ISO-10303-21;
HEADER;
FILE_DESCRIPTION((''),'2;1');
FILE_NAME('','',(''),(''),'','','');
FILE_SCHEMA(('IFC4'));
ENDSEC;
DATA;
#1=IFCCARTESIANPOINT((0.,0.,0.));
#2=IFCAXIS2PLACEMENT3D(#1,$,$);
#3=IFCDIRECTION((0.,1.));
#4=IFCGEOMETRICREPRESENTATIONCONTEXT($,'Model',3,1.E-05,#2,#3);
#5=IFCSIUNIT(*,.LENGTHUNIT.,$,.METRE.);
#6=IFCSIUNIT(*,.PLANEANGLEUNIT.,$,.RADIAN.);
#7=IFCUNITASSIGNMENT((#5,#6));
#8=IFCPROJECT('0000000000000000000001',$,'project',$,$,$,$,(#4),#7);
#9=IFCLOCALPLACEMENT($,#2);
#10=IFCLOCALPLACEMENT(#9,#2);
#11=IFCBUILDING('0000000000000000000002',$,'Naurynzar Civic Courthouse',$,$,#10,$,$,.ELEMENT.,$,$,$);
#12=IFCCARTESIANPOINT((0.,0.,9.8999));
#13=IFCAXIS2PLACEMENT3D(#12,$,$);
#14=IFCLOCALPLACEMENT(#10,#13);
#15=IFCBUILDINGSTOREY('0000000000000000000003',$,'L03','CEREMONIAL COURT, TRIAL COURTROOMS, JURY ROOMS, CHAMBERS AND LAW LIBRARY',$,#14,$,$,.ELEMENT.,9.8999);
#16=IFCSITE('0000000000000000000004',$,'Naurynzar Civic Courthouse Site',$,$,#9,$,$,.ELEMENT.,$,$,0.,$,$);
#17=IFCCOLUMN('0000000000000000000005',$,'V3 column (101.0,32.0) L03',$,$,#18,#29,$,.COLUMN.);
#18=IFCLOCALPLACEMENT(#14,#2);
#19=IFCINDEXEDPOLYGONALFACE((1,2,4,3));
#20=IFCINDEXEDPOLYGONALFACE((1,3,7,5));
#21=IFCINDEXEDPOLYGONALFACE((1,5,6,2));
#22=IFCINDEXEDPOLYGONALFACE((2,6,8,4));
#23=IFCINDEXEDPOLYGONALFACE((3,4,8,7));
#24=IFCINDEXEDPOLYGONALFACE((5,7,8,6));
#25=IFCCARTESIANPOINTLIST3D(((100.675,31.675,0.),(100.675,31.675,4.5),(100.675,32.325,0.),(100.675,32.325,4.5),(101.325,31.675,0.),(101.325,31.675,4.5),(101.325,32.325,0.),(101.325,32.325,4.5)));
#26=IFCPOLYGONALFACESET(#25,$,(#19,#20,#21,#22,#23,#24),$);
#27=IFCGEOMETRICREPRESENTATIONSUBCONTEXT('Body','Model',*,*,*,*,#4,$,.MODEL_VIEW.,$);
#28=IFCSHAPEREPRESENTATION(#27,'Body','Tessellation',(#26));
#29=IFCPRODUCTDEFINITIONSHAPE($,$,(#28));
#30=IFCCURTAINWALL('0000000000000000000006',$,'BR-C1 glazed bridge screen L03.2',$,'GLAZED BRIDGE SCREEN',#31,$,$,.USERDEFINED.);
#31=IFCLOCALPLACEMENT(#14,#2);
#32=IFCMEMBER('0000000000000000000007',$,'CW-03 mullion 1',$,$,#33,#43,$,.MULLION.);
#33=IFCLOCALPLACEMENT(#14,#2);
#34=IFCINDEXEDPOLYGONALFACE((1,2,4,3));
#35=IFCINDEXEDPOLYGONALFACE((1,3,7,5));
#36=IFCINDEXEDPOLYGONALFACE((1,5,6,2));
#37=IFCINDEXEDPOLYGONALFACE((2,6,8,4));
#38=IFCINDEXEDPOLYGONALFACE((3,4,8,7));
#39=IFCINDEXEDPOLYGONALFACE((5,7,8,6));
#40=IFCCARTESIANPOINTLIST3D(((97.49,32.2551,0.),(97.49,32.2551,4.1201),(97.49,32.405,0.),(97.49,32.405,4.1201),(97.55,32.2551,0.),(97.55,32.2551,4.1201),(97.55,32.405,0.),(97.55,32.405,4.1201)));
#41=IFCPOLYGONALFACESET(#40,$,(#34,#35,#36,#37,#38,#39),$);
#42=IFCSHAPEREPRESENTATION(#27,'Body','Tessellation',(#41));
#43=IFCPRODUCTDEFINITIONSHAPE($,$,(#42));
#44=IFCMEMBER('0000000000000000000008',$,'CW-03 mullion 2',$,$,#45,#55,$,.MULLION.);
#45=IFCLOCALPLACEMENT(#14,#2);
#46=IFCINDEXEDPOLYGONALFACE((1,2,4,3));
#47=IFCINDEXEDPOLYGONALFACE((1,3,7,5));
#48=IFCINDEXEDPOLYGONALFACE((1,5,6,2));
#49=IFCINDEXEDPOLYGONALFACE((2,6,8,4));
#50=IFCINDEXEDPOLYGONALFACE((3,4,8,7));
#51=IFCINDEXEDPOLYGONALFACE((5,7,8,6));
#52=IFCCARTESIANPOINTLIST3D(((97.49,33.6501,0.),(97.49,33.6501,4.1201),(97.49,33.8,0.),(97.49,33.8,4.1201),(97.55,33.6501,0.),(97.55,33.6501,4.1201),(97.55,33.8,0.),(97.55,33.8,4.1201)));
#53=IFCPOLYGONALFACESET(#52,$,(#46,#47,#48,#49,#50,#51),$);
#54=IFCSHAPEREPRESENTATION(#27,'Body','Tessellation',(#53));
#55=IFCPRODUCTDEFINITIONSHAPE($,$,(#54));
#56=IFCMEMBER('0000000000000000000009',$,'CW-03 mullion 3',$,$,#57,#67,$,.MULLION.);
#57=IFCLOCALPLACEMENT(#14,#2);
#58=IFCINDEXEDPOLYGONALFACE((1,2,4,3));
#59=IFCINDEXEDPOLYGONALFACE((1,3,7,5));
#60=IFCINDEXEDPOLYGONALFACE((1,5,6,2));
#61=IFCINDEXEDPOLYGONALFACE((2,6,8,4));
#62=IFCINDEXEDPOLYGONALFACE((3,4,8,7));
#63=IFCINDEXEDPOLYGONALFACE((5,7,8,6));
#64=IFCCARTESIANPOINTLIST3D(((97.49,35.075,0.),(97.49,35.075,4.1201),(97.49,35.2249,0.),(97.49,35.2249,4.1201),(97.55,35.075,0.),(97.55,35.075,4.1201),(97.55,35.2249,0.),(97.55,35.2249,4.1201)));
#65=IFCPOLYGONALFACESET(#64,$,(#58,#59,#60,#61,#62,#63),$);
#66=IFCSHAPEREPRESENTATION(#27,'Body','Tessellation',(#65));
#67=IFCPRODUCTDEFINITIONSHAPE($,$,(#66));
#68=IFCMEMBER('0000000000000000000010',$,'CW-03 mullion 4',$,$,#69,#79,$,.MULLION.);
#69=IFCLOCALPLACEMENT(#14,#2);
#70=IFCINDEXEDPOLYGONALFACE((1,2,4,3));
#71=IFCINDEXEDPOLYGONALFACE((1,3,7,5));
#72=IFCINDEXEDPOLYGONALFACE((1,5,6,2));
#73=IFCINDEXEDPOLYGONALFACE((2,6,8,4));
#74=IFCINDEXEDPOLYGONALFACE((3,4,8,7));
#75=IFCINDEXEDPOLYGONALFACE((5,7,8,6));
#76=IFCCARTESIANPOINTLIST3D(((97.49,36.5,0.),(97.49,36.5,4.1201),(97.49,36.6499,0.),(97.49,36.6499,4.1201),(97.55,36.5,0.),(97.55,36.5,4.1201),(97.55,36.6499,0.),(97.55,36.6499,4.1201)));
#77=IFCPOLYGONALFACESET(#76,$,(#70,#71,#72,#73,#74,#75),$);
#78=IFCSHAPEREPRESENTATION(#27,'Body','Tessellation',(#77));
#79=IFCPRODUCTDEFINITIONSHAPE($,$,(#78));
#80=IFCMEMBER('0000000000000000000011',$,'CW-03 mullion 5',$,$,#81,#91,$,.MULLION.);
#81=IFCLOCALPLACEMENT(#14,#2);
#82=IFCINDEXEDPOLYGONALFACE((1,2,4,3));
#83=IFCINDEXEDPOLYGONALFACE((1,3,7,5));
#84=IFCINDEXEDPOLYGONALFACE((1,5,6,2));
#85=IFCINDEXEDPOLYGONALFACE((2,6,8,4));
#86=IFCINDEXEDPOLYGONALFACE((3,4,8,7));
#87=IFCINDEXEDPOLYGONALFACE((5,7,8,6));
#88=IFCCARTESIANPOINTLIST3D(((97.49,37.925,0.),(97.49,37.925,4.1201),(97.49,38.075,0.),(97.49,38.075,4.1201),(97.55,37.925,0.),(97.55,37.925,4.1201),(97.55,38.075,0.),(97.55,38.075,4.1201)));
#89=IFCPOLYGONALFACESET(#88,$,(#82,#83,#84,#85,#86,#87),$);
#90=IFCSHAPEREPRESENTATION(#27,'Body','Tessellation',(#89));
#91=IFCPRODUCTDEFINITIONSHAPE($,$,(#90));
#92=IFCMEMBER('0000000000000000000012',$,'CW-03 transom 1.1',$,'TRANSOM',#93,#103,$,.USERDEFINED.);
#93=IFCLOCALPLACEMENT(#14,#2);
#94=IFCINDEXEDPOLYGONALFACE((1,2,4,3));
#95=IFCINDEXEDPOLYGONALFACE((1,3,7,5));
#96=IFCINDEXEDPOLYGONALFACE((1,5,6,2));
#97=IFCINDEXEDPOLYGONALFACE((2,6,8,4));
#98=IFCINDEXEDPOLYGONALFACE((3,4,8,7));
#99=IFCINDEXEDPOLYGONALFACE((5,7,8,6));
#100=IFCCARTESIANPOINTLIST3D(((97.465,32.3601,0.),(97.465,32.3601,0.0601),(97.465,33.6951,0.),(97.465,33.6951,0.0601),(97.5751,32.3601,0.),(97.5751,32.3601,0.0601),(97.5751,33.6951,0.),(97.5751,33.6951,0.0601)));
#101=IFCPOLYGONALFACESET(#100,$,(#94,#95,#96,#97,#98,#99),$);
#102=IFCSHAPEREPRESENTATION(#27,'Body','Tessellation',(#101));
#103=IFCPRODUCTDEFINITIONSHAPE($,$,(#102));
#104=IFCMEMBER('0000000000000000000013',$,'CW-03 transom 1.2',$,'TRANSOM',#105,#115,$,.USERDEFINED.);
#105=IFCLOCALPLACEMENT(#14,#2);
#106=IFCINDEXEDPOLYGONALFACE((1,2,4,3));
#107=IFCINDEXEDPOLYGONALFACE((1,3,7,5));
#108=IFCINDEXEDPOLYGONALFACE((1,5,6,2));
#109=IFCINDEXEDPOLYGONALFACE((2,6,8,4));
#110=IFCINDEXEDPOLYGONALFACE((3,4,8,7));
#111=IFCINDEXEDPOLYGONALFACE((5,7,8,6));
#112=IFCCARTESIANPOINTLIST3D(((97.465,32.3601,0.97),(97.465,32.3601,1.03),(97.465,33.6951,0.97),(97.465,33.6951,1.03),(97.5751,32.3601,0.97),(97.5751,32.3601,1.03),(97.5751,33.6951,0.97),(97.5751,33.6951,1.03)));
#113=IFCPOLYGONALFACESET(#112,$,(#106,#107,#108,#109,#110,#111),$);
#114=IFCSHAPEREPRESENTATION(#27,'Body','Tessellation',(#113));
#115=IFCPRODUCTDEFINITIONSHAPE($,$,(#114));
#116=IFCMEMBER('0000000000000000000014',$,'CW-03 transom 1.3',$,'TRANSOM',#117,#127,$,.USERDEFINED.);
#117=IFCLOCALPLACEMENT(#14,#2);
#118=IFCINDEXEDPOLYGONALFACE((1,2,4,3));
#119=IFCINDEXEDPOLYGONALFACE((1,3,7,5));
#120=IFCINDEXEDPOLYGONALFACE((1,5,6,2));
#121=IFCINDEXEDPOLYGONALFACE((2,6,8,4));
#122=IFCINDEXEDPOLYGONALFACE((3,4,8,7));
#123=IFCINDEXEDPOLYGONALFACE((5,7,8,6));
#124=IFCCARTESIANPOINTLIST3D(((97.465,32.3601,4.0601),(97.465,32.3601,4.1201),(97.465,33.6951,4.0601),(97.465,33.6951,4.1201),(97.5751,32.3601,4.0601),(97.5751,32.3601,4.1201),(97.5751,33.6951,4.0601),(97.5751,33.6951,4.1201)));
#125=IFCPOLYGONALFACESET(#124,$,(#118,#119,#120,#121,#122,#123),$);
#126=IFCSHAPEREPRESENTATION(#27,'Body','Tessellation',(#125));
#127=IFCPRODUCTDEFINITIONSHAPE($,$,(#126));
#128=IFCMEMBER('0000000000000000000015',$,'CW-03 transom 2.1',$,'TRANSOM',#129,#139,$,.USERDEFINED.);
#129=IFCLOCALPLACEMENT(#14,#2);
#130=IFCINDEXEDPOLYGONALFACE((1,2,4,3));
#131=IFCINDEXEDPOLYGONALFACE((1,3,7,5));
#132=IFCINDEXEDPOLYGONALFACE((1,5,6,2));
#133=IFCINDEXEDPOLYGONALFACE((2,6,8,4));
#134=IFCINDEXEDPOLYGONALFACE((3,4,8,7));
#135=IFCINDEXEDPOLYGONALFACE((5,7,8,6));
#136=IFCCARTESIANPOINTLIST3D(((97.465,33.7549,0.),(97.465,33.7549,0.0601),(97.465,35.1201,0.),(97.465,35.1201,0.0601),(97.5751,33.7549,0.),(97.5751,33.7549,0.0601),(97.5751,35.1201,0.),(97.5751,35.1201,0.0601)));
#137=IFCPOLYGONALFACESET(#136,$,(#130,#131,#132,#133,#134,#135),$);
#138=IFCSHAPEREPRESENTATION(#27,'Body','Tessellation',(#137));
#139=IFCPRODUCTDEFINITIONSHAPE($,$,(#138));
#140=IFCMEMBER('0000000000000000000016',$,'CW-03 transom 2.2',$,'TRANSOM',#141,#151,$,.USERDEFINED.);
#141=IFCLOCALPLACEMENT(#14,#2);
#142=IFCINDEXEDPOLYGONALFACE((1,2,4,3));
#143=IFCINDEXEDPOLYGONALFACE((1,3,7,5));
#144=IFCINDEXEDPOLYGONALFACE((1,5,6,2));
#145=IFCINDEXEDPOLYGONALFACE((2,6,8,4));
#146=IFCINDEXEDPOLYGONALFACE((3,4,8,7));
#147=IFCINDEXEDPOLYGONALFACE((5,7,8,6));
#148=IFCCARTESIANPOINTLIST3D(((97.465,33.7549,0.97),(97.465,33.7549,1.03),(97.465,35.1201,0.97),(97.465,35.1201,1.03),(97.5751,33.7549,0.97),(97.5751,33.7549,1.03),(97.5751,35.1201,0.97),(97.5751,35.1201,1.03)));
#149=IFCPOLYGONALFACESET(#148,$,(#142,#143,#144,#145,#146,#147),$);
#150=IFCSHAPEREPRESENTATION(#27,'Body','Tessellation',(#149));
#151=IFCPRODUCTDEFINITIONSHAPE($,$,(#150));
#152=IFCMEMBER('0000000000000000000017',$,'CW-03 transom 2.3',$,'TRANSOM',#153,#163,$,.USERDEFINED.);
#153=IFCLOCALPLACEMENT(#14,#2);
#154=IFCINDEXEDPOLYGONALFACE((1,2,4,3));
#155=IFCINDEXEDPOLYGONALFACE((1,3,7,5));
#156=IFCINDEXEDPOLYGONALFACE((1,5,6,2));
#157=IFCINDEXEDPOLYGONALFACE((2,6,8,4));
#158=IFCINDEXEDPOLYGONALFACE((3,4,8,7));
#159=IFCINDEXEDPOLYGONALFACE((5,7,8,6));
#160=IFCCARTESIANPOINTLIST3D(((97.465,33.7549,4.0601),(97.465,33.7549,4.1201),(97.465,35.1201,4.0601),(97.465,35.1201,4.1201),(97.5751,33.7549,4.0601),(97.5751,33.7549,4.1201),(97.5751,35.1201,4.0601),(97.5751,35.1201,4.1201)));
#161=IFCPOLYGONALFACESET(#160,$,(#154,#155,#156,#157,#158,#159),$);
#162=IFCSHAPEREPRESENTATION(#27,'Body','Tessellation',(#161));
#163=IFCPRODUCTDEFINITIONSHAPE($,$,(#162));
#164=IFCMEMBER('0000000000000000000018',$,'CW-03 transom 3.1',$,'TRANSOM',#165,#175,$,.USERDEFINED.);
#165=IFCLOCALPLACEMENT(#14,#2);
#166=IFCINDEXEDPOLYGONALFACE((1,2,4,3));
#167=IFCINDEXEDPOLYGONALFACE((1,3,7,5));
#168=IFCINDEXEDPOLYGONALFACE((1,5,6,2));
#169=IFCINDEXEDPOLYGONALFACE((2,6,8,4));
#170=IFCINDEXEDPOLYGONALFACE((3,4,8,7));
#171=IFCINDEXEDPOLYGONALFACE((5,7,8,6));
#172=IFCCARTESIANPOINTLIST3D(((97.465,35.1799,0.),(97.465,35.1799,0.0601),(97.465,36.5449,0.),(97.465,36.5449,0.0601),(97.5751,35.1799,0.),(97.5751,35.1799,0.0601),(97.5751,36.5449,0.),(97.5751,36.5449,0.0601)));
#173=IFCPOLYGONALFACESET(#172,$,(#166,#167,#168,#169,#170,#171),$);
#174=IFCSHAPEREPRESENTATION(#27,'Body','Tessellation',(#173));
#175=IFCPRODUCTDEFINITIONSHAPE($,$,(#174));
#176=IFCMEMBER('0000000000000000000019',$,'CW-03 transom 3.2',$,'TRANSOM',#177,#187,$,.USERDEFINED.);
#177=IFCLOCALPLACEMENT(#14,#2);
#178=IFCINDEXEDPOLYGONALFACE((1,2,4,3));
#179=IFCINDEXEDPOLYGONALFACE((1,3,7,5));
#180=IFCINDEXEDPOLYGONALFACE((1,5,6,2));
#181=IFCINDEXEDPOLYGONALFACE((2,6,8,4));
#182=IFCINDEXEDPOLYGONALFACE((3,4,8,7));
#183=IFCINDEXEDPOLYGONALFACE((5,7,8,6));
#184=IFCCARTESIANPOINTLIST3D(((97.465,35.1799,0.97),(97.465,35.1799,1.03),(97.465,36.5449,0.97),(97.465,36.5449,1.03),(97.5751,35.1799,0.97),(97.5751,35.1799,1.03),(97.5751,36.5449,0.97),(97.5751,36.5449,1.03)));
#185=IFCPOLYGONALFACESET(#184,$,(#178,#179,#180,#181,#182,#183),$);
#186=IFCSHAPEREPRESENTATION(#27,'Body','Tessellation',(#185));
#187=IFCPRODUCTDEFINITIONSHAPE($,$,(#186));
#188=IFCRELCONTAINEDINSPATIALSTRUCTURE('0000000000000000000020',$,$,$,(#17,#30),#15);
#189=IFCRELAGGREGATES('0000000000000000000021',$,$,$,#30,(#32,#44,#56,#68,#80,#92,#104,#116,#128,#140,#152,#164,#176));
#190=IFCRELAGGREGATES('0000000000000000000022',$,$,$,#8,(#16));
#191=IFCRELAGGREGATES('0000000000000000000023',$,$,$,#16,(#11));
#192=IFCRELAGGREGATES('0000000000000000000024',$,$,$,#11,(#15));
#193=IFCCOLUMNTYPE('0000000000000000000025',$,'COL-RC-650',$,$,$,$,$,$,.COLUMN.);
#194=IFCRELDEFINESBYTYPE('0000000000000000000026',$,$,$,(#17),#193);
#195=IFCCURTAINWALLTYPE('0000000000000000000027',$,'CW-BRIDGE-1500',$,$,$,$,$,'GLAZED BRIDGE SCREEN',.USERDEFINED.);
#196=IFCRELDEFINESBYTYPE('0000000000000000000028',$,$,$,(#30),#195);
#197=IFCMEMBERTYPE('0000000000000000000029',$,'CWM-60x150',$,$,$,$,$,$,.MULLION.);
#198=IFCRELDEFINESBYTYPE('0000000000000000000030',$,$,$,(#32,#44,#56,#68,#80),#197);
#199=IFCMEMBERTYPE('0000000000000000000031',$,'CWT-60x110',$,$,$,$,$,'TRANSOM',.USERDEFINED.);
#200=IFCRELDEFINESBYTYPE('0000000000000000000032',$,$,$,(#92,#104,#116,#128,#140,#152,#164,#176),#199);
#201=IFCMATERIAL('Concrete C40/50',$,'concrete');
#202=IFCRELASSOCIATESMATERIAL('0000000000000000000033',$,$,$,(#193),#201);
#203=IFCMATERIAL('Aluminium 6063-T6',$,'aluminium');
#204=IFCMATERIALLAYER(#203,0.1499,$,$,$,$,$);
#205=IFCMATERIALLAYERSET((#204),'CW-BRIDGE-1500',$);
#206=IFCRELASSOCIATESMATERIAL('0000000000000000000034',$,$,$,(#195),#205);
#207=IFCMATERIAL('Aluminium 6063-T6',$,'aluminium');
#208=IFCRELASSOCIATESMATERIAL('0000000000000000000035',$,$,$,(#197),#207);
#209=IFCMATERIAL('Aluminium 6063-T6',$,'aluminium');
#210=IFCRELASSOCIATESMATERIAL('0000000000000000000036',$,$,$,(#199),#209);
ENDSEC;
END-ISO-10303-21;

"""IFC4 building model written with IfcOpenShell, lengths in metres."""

from ifc_helpers import new_model, si_unit, direction, frame, origin, origin_2d, place, context, subcontext, project, spatial, rectangle, extrude, material, layer, layer_set, material_profile, profile_set, type_object, element, aggregate, save


model = new_model("IFC4")

# Units and contexts
model_context = context("Model", 3, precision=1e-05, world=origin(), true_north=direction((0.0, 1.0)))
body_context = subcontext(model_context, "Body", "Model", "MODEL_VIEW")
ifc_project = project(units=[si_unit("LENGTHUNIT", "METRE"), si_unit("PLANEANGLEUNIT", "RADIAN")], contexts=[model_context])

# Site, building, storey
site_placement = place(None, origin())
site = spatial("IfcSite", under=ifc_project, at=site_placement, Name="Naurynzar Civic Courthouse Site", CompositionType="ELEMENT", RefElevation=0.0)
building_placement = place(site_placement, origin())
building = spatial("IfcBuilding", under=site, at=building_placement, Name="Naurynzar Civic Courthouse", CompositionType="ELEMENT")
storey_placement = place(building_placement, frame((0.0, 0.0, 9.8999)))
storey = spatial("IfcBuildingStorey", under=building, at=storey_placement, Name="L03", Description="CEREMONIAL COURT, TRIAL COURTROOMS, JURY ROOMS, CHAMBERS AND LAW LIBRARY", CompositionType="ELEMENT", Elevation=9.8999)

# Column
ifc_material_1 = material(Name="Concrete C40/50", Category="concrete")
ifc_material_profile_1 = material_profile(ifc_material_1, rectangle(XDim=0.6499, YDim=0.6499, at=origin_2d()), Name="RC 650x650")
ifc_profile_set_1 = profile_set([ifc_material_profile_1], Name="Concrete C40/50")
column_type = type_object("IfcColumnType", Name="COL-RC-650", PredefinedType="COLUMN", material=ifc_profile_set_1)
column_placement = place(storey_placement, frame((101.0, 32.0, 0.0), z_axis=(0.0, 0.0, 1.0), x_axis=(1.0, 0.0, 0.0)))
element("IfcColumn", 1, at=column_placement, inside=storey, type_object=column_type, Name="V3 column (101.0,32.0) L03", PredefinedType="COLUMN", context=body_context, shape_type="SweptSolid", body=[
    extrude(rectangle(XDim=0.6499, YDim=0.6499, at=origin_2d()), origin(), (0.0, 0.0, 1.0), 4.5),
])

# Curtain wall, members
ifc_material_2 = material(Name="Aluminium 6063-T6", Category="aluminium")
ifc_layer_1 = layer(ifc_material_2, 0.1499)
ifc_layer_set_1 = layer_set([ifc_layer_1], Name="CW-BRIDGE-1500")
curtain_wall_type = type_object("IfcCurtainWallType", Name="CW-BRIDGE-1500", ElementType="GLAZED BRIDGE SCREEN", PredefinedType="USERDEFINED", material=ifc_layer_set_1)
curtain_wall_placement = place(storey_placement, origin())
curtain_wall = element("IfcCurtainWall", 2, at=curtain_wall_placement, inside=storey, type_object=curtain_wall_type, Name="BR-C1 glazed bridge screen L03.2", ObjectType="GLAZED BRIDGE SCREEN", PredefinedType="USERDEFINED")
ifc_material_3 = material(Name="Aluminium 6063-T6", Category="aluminium")
ifc_material_profile_2 = material_profile(ifc_material_3, rectangle(XDim=0.0601, YDim=0.1499, at=origin_2d()), Name="ALU MULLION 60x150")
ifc_profile_set_2 = profile_set([ifc_material_profile_2], Name="Aluminium 6063-T6")
member_type_1 = type_object("IfcMemberType", Name="CWM-60x150", PredefinedType="MULLION", material=ifc_profile_set_2)
member_1_placement = place(storey_placement, frame((97.52, 32.3301, 0.0), z_axis=(0.0, 0.0, 1.0), x_axis=(-1.0, 0.0, 0.0)))
member_1 = element("IfcMember", 3, at=member_1_placement, type_object=member_type_1, Name="CW-03 mullion 1", PredefinedType="MULLION", context=body_context, shape_type="SweptSolid", body=[
    extrude(rectangle(XDim=0.0601, YDim=0.1499, at=origin_2d()), origin(), (0.0, 0.0, 1.0), 4.1201),
])
member_2_placement = place(storey_placement, frame((97.52, 33.7251, 0.0), z_axis=(0.0, 0.0, 1.0), x_axis=(-1.0, 0.0, 0.0)))
member_2 = element("IfcMember", 4, at=member_2_placement, type_object=member_type_1, Name="CW-03 mullion 2", PredefinedType="MULLION", context=body_context, shape_type="SweptSolid", body=[
    extrude(rectangle(XDim=0.0601, YDim=0.1499, at=origin_2d()), origin(), (0.0, 0.0, 1.0), 4.1201),
])
member_3_placement = place(storey_placement, frame((97.52, 35.1499, 0.0), z_axis=(0.0, 0.0, 1.0), x_axis=(-1.0, 0.0, 0.0)))
member_3 = element("IfcMember", 5, at=member_3_placement, type_object=member_type_1, Name="CW-03 mullion 3", PredefinedType="MULLION", context=body_context, shape_type="SweptSolid", body=[
    extrude(rectangle(XDim=0.0601, YDim=0.1499, at=origin_2d()), origin(), (0.0, 0.0, 1.0), 4.1201),
])
member_4_placement = place(storey_placement, frame((97.52, 36.575, 0.0), z_axis=(0.0, 0.0, 1.0), x_axis=(-1.0, 0.0, 0.0)))
member_4 = element("IfcMember", 6, at=member_4_placement, type_object=member_type_1, Name="CW-03 mullion 4", PredefinedType="MULLION", context=body_context, shape_type="SweptSolid", body=[
    extrude(rectangle(XDim=0.0601, YDim=0.1499, at=origin_2d()), origin(), (0.0, 0.0, 1.0), 4.1201),
])
member_5_placement = place(storey_placement, frame((97.52, 38.0, 0.0), z_axis=(0.0, 0.0, 1.0), x_axis=(-1.0, 0.0, 0.0)))
member_5 = element("IfcMember", 7, at=member_5_placement, type_object=member_type_1, Name="CW-03 mullion 5", PredefinedType="MULLION", context=body_context, shape_type="SweptSolid", body=[
    extrude(rectangle(XDim=0.0601, YDim=0.1499, at=origin_2d()), origin(), (0.0, 0.0, 1.0), 4.1201),
])
ifc_material_4 = material(Name="Aluminium 6063-T6", Category="aluminium")
ifc_material_profile_3 = material_profile(ifc_material_4, rectangle(XDim=0.1101, YDim=0.0601, at=origin_2d()), Name="ALU TRANSOM 60x110")
ifc_profile_set_3 = profile_set([ifc_material_profile_3], Name="Aluminium 6063-T6")
member_type_2 = type_object("IfcMemberType", Name="CWT-60x110", ElementType="TRANSOM", PredefinedType="USERDEFINED", material=ifc_profile_set_3)
member_6_placement = place(storey_placement, frame((97.52, 32.3601, 0.03), z_axis=(0.0, 1.0, 0.0), x_axis=(-1.0, 0.0, 0.0)))
member_6 = element("IfcMember", 8, at=member_6_placement, type_object=member_type_2, Name="CW-03 transom 1.1", ObjectType="TRANSOM", PredefinedType="USERDEFINED", context=body_context, shape_type="SweptSolid", body=[
    extrude(rectangle(XDim=0.1101, YDim=0.0601, at=origin_2d()), origin(), (0.0, 0.0, 1.0), 1.335),
])
member_7_placement = place(storey_placement, frame((97.52, 32.3601, 1.0), z_axis=(0.0, 1.0, 0.0), x_axis=(-1.0, 0.0, 0.0)))
member_7 = element("IfcMember", 9, at=member_7_placement, type_object=member_type_2, Name="CW-03 transom 1.2", ObjectType="TRANSOM", PredefinedType="USERDEFINED", context=body_context, shape_type="SweptSolid", body=[
    extrude(rectangle(XDim=0.1101, YDim=0.0601, at=origin_2d()), origin(), (0.0, 0.0, 1.0), 1.335),
])
member_8_placement = place(storey_placement, frame((97.52, 32.3601, 4.0901), z_axis=(0.0, 1.0, 0.0), x_axis=(-1.0, 0.0, 0.0)))
member_8 = element("IfcMember", 10, at=member_8_placement, type_object=member_type_2, Name="CW-03 transom 1.3", ObjectType="TRANSOM", PredefinedType="USERDEFINED", context=body_context, shape_type="SweptSolid", body=[
    extrude(rectangle(XDim=0.1101, YDim=0.0601, at=origin_2d()), origin(), (0.0, 0.0, 1.0), 1.335),
])
member_9_placement = place(storey_placement, frame((97.52, 33.7549, 0.03), z_axis=(0.0, 1.0, 0.0), x_axis=(-1.0, 0.0, 0.0)))
member_9 = element("IfcMember", 11, at=member_9_placement, type_object=member_type_2, Name="CW-03 transom 2.1", ObjectType="TRANSOM", PredefinedType="USERDEFINED", context=body_context, shape_type="SweptSolid", body=[
    extrude(rectangle(XDim=0.1101, YDim=0.0601, at=origin_2d()), origin(), (0.0, 0.0, 1.0), 1.3652),
])
member_10_placement = place(storey_placement, frame((97.52, 33.7549, 1.0), z_axis=(0.0, 1.0, 0.0), x_axis=(-1.0, 0.0, 0.0)))
member_10 = element("IfcMember", 12, at=member_10_placement, type_object=member_type_2, Name="CW-03 transom 2.2", ObjectType="TRANSOM", PredefinedType="USERDEFINED", context=body_context, shape_type="SweptSolid", body=[
    extrude(rectangle(XDim=0.1101, YDim=0.0601, at=origin_2d()), origin(), (0.0, 0.0, 1.0), 1.3652),
])
member_11_placement = place(storey_placement, frame((97.52, 33.7549, 4.0901), z_axis=(0.0, 1.0, 0.0), x_axis=(-1.0, 0.0, 0.0)))
member_11 = element("IfcMember", 13, at=member_11_placement, type_object=member_type_2, Name="CW-03 transom 2.3", ObjectType="TRANSOM", PredefinedType="USERDEFINED", context=body_context, shape_type="SweptSolid", body=[
    extrude(rectangle(XDim=0.1101, YDim=0.0601, at=origin_2d()), origin(), (0.0, 0.0, 1.0), 1.3652),
])
member_12_placement = place(storey_placement, frame((97.52, 35.1799, 0.03), z_axis=(0.0, 1.0, 0.0), x_axis=(-1.0, 0.0, 0.0)))
member_12 = element("IfcMember", 14, at=member_12_placement, type_object=member_type_2, Name="CW-03 transom 3.1", ObjectType="TRANSOM", PredefinedType="USERDEFINED", context=body_context, shape_type="SweptSolid", body=[
    extrude(rectangle(XDim=0.1101, YDim=0.0601, at=origin_2d()), origin(), (0.0, 0.0, 1.0), 1.365),
])
member_13_placement = place(storey_placement, frame((97.52, 35.1799, 1.0), z_axis=(0.0, 1.0, 0.0), x_axis=(-1.0, 0.0, 0.0)))
member_13 = element("IfcMember", 15, at=member_13_placement, type_object=member_type_2, Name="CW-03 transom 3.2", ObjectType="TRANSOM", PredefinedType="USERDEFINED", context=body_context, shape_type="SweptSolid", body=[
    extrude(rectangle(XDim=0.1101, YDim=0.0601, at=origin_2d()), origin(), (0.0, 0.0, 1.0), 1.365),
])

aggregate(curtain_wall, [member_1, member_2, member_3, member_4, member_5, member_6, member_7, member_8, member_9, member_10, member_11, member_12, member_13])

save(model, "model.ifc")
